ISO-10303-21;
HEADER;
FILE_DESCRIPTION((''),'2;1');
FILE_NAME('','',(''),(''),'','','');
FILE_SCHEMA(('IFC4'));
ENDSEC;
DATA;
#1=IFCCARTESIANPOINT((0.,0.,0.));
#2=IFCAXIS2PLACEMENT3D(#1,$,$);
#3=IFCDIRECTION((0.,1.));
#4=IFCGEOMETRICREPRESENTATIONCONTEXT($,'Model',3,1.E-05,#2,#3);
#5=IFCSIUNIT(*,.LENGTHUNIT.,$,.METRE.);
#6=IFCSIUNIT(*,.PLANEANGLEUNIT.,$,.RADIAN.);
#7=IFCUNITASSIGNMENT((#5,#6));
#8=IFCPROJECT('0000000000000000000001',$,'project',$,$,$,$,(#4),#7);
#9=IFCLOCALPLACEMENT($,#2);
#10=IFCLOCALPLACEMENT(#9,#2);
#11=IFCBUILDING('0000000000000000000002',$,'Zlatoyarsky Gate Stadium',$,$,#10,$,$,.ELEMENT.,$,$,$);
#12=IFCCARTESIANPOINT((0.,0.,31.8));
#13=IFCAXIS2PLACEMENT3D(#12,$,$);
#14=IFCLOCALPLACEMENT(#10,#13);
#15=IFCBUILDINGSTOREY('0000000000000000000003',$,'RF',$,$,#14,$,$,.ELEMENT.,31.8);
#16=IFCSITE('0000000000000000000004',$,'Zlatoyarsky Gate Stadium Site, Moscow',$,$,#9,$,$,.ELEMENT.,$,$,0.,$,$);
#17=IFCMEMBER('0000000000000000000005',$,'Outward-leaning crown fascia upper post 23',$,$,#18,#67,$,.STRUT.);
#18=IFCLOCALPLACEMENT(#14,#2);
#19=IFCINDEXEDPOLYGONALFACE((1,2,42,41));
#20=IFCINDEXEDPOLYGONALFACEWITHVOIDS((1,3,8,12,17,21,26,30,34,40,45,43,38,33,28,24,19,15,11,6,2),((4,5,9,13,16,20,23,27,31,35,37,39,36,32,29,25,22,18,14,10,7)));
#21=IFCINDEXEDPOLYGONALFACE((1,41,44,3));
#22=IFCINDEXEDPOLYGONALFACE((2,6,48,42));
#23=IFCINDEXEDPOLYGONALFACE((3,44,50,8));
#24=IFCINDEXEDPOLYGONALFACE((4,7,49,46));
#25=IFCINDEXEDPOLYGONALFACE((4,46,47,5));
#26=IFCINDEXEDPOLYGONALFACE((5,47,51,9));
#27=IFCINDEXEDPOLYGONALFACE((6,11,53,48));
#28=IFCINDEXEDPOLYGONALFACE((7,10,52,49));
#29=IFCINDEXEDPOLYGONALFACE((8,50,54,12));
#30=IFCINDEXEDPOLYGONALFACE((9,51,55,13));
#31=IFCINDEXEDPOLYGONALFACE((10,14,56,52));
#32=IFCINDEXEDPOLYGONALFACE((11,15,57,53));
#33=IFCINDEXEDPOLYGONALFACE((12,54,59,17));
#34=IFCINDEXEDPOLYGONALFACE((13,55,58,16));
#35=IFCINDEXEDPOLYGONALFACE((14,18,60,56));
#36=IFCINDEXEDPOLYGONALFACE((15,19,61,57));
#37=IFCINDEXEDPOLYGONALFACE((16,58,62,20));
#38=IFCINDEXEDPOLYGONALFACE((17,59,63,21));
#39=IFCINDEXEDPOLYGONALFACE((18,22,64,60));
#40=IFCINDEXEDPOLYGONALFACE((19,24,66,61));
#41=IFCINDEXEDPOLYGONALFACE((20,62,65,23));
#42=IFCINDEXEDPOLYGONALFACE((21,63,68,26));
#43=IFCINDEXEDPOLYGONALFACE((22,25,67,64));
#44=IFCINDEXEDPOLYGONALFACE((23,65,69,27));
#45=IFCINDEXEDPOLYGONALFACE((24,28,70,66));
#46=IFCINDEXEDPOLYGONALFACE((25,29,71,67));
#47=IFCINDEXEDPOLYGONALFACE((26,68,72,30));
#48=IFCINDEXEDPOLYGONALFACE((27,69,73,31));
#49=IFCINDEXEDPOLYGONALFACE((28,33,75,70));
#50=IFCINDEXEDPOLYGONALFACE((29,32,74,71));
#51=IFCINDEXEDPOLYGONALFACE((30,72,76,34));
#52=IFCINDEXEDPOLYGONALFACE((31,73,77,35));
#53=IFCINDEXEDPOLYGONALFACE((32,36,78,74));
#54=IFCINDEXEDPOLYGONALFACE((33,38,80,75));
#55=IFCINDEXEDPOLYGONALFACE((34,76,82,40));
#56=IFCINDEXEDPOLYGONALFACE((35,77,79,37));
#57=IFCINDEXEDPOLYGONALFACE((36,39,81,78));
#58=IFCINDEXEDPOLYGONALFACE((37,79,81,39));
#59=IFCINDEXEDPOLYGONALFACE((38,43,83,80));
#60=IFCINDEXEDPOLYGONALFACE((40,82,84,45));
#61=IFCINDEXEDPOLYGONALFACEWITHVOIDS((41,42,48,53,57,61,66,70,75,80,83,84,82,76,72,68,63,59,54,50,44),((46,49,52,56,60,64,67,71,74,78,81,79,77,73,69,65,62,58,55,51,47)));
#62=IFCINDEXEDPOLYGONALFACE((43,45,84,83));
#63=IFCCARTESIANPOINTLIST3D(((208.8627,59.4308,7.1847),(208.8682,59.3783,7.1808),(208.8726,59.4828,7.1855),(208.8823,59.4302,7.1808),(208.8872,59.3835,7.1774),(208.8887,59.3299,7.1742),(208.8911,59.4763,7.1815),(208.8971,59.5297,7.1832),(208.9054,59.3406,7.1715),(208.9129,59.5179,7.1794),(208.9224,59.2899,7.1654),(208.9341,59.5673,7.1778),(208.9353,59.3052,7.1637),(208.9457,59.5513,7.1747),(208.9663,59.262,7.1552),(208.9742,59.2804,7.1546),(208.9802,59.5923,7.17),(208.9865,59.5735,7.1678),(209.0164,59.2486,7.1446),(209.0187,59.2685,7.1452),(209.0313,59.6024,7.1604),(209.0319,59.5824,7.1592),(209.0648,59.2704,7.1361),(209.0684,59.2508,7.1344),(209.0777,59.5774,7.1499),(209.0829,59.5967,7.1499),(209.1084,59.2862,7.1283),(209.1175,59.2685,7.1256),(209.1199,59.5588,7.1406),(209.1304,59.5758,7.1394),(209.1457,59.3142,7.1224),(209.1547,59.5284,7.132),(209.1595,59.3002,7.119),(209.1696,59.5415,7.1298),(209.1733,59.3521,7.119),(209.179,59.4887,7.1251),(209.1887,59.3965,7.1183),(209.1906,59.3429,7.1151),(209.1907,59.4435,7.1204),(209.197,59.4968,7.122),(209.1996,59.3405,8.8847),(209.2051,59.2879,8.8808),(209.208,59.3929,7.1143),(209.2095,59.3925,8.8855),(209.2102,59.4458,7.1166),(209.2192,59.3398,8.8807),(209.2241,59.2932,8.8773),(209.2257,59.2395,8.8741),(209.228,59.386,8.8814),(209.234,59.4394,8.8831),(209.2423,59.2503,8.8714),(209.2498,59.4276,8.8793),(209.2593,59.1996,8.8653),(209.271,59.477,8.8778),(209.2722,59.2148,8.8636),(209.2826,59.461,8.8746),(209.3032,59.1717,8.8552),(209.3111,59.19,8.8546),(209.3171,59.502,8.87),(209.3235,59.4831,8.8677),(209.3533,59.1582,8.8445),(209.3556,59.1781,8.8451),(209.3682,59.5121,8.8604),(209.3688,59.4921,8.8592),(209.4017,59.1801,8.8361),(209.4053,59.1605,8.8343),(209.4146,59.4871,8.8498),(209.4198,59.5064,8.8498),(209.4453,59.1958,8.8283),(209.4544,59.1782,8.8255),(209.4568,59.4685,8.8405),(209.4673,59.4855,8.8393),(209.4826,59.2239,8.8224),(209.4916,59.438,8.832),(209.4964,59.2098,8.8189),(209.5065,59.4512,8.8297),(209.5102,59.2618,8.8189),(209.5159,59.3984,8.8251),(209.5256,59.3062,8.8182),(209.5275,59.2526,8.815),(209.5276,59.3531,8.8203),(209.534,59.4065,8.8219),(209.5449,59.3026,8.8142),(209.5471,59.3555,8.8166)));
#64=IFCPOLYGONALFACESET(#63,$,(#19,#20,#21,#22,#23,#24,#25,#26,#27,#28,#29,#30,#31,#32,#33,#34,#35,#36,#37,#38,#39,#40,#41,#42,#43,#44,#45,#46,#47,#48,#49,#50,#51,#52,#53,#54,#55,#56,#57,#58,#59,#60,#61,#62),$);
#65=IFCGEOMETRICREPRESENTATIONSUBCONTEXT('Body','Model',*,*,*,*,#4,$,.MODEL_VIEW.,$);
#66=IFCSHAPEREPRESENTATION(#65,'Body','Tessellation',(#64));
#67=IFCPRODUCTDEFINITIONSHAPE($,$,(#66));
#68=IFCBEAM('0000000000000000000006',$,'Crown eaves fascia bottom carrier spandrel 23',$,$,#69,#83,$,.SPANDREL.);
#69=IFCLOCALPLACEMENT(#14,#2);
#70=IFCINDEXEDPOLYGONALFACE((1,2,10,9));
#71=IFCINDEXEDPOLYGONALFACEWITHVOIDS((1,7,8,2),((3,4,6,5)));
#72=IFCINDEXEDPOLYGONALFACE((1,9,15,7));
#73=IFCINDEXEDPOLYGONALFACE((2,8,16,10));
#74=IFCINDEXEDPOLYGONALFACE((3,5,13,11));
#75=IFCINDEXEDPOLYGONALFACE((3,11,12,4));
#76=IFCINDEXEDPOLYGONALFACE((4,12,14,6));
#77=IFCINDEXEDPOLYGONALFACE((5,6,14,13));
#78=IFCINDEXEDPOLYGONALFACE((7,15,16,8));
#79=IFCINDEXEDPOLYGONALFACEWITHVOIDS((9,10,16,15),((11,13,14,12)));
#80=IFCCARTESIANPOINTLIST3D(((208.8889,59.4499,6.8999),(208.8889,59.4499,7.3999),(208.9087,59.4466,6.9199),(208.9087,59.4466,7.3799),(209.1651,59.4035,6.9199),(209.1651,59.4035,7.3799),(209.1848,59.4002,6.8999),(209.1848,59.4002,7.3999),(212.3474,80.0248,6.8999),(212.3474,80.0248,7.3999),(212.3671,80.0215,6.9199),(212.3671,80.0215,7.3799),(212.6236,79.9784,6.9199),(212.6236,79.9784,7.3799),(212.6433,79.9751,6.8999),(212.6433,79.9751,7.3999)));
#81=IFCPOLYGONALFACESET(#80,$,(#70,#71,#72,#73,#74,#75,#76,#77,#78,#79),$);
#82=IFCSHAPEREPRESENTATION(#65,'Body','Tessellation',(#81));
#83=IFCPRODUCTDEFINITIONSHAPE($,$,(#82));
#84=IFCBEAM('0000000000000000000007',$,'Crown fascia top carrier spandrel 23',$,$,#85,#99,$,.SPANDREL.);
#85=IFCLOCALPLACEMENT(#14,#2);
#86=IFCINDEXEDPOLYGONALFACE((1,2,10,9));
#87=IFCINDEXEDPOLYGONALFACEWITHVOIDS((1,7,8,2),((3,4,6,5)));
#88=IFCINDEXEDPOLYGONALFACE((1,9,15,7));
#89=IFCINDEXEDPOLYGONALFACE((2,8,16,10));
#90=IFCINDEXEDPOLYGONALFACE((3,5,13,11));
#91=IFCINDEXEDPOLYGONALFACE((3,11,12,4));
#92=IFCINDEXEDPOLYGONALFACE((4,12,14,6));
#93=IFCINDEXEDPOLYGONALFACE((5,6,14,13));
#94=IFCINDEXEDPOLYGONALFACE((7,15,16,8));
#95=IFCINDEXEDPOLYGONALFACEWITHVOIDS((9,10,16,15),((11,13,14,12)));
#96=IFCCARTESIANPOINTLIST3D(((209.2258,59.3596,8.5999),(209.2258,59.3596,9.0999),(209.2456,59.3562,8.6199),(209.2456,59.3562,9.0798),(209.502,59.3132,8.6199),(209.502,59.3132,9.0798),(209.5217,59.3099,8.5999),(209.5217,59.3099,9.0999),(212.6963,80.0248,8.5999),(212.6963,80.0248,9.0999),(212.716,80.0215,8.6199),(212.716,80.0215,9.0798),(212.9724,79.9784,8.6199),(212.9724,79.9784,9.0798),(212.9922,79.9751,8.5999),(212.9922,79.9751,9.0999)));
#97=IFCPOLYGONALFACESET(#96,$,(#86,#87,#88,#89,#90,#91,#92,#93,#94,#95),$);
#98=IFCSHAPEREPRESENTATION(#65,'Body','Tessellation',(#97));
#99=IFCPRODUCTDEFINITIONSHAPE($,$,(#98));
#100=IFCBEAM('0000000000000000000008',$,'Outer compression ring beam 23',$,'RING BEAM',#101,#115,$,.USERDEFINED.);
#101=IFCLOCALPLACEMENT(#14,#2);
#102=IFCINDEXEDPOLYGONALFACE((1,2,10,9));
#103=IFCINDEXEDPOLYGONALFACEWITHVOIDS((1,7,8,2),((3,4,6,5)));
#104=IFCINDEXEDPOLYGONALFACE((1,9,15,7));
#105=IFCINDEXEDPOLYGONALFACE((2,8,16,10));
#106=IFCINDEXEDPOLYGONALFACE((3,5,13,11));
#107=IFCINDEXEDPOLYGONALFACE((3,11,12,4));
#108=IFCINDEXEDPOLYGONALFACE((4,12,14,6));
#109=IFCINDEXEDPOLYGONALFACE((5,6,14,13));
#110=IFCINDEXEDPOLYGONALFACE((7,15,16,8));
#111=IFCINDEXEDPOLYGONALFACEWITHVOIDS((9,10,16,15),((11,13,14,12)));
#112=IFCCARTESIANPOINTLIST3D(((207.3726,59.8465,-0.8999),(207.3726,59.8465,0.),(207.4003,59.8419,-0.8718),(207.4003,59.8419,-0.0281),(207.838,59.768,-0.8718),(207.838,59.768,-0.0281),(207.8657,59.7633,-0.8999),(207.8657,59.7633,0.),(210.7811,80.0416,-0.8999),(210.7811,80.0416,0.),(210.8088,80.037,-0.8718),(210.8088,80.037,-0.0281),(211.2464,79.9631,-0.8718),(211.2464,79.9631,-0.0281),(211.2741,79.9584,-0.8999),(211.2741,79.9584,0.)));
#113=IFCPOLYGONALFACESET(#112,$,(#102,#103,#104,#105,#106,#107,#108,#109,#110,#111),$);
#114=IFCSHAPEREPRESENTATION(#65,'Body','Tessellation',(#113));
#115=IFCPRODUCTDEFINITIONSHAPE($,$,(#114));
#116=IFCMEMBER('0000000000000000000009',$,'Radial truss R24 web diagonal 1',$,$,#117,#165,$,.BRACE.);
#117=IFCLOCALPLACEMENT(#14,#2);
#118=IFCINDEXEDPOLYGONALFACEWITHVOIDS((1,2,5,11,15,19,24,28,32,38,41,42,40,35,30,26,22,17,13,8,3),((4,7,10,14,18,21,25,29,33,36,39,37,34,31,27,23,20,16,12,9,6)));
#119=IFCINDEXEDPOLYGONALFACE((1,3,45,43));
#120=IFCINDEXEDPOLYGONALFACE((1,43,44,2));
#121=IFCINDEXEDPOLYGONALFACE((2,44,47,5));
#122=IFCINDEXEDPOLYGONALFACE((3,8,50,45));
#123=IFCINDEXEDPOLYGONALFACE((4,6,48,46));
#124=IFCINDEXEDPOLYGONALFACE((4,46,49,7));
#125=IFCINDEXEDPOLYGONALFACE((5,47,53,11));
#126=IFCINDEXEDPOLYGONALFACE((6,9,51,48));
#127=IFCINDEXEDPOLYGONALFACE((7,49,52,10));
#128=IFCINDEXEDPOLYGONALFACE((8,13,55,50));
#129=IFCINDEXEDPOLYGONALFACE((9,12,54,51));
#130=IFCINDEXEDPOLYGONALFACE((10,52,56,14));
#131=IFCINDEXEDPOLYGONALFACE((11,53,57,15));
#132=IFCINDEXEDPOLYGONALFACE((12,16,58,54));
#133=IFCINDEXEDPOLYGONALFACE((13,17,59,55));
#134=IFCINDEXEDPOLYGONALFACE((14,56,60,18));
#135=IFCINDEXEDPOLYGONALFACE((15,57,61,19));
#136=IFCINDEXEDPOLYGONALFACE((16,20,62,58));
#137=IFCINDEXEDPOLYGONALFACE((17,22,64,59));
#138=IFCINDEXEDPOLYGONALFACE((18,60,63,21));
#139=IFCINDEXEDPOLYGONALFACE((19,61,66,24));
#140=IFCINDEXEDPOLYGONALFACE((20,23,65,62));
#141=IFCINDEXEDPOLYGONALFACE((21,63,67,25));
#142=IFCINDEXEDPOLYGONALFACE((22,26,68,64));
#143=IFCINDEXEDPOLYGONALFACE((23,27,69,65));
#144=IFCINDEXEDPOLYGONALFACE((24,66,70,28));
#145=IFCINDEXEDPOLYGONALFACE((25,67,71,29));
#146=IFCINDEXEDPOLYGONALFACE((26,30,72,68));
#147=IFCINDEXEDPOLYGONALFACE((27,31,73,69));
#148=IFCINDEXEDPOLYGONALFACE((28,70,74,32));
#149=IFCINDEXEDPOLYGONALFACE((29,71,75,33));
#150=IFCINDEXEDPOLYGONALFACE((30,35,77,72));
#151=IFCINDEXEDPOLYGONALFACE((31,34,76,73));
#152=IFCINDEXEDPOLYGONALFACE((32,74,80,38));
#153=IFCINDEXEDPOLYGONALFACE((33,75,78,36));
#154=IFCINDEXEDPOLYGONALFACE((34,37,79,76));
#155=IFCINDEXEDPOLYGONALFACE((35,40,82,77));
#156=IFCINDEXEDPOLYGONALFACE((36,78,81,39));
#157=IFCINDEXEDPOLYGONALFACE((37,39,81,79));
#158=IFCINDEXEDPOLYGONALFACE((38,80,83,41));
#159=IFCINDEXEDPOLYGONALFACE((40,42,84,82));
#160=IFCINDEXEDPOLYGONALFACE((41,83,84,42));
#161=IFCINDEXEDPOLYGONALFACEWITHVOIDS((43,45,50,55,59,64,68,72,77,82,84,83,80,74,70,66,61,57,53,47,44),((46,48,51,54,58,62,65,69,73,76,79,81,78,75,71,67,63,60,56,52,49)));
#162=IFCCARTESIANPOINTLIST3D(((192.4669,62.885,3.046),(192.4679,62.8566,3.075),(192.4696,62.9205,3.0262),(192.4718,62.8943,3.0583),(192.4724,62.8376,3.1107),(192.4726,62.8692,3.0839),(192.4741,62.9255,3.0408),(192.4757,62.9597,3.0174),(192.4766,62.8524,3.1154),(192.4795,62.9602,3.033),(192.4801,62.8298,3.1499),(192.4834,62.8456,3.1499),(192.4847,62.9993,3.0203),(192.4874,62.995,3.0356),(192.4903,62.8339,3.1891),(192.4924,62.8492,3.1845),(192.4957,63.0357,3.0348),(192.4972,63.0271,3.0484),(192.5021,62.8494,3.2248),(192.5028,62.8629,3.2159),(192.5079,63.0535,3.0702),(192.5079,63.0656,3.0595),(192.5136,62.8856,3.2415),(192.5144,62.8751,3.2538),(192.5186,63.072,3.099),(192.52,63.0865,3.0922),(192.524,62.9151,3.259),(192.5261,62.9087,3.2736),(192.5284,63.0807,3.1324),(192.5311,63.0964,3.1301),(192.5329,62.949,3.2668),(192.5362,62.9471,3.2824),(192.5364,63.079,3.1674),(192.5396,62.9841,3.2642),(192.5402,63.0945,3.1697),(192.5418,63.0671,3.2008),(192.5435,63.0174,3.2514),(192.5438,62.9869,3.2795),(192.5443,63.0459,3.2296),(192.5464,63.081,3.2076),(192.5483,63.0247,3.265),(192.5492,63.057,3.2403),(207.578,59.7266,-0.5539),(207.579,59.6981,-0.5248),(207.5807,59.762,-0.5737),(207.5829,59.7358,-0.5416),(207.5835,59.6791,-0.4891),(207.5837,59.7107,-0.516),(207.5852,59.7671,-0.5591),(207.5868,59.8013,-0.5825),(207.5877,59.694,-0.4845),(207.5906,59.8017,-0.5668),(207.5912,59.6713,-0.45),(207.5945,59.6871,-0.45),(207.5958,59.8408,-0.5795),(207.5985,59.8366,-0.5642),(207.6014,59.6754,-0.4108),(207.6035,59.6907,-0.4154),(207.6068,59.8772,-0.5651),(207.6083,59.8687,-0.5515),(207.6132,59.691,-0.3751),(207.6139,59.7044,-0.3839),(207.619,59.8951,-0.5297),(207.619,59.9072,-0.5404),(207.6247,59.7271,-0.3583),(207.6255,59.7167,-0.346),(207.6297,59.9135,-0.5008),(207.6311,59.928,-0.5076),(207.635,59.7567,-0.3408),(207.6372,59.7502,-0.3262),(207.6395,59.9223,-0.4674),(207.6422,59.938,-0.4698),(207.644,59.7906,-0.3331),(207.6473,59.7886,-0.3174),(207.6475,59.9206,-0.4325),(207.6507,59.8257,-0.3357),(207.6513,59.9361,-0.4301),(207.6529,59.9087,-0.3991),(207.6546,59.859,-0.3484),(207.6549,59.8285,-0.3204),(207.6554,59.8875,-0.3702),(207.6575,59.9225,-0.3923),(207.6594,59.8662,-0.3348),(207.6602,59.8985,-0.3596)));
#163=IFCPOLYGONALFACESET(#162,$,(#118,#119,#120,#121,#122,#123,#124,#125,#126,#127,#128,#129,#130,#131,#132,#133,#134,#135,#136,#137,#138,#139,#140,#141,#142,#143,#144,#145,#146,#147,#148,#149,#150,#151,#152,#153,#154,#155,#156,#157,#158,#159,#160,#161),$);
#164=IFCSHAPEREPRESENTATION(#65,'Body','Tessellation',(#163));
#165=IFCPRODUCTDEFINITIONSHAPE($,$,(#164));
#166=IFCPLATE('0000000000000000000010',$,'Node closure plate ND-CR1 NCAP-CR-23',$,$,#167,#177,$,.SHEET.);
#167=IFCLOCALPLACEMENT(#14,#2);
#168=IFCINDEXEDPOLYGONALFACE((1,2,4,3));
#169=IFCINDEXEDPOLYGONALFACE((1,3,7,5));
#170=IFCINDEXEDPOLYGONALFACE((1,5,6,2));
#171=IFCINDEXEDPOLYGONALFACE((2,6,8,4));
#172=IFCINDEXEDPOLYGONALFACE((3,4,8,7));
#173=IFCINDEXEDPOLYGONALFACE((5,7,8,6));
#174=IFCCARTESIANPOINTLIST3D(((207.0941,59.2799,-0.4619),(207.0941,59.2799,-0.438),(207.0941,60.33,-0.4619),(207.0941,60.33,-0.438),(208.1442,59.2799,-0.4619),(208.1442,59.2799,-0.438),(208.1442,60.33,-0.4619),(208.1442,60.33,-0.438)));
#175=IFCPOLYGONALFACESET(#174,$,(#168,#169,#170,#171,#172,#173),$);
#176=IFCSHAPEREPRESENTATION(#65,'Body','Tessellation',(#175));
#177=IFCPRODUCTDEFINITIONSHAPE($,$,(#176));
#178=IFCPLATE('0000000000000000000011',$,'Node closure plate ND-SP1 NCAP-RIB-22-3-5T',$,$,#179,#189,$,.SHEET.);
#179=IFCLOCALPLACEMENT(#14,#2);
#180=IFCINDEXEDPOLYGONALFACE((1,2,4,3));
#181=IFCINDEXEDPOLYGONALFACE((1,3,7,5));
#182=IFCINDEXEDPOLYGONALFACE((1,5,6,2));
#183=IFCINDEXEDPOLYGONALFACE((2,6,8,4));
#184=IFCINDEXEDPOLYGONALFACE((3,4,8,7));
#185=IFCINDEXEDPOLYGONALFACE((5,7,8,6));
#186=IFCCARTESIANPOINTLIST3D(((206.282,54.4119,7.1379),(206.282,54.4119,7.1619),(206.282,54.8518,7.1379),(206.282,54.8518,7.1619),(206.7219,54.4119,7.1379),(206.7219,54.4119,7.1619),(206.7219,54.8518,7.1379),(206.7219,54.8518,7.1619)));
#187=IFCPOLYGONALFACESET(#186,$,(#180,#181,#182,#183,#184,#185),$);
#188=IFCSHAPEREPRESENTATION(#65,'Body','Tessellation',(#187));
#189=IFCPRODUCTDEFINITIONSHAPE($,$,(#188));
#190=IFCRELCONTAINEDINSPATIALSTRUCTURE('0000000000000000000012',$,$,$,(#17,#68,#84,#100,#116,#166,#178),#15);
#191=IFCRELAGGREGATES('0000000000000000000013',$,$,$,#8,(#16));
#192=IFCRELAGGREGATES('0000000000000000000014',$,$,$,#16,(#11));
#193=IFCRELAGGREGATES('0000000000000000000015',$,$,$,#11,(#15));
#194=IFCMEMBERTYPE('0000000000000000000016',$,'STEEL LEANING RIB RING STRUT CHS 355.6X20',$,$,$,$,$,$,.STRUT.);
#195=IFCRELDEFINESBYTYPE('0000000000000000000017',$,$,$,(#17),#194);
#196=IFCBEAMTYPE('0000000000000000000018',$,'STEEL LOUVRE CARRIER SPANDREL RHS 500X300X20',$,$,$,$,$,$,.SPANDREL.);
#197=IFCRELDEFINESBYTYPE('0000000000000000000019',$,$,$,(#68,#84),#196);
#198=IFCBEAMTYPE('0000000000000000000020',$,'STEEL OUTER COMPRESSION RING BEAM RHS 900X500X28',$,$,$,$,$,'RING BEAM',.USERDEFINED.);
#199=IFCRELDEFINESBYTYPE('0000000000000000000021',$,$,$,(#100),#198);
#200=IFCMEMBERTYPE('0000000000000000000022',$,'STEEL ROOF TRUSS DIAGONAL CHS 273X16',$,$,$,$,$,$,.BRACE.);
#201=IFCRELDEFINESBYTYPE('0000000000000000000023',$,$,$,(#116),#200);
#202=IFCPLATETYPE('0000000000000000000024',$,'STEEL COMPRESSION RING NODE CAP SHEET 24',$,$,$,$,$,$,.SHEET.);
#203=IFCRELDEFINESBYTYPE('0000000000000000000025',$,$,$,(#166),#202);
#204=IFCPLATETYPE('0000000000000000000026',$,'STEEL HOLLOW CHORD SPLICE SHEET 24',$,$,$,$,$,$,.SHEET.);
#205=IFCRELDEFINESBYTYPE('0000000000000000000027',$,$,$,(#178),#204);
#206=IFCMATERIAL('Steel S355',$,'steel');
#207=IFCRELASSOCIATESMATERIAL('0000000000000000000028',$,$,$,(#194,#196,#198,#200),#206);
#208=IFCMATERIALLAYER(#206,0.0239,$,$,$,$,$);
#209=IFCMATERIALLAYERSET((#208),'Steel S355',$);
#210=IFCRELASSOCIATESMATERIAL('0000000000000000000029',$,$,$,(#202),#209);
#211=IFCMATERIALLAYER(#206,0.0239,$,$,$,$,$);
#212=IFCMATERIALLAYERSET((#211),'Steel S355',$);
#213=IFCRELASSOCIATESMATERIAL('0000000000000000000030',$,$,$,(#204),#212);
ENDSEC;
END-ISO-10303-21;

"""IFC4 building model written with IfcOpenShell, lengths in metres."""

from ifc_helpers import new_model, si_unit, direction, frame, origin, origin_2d, place, context, subcontext, project, spatial, rectangle, hollow_rectangle, hollow_circle, extrude, material, layer, layer_set, material_profile, profile_set, type_object, element, save


model = new_model("IFC4")

# Units and contexts
model_context = context("Model", 3, precision=1e-05, world=origin(), true_north=direction((0.0, 1.0)))
body_context = subcontext(model_context, "Body", "Model", "MODEL_VIEW")
ifc_project = project(units=[si_unit("LENGTHUNIT", "METRE"), si_unit("PLANEANGLEUNIT", "RADIAN")], contexts=[model_context])

# Site, building, storey
site_placement = place(None, origin())
site = spatial("IfcSite", under=ifc_project, at=site_placement, Name="Zlatoyarsky Gate Stadium Site, Moscow", CompositionType="ELEMENT", RefElevation=0.0)
building_placement = place(site_placement, origin())
building = spatial("IfcBuilding", under=site, at=building_placement, Name="Zlatoyarsky Gate Stadium", CompositionType="ELEMENT")
storey_placement = place(building_placement, frame((0.0, 0.0, 31.8)))
storey = spatial("IfcBuildingStorey", under=building, at=storey_placement, Name="RF", CompositionType="ELEMENT", Elevation=31.8)

# Member
ifc_material_1 = material(Name="Steel S355", Category="steel")
ifc_material_profile_1 = material_profile(ifc_material_1, hollow_circle(Radius=0.1777, WallThickness=0.02, at=origin_2d()), Name="CHS 355.6X20")
ifc_profile_set_1 = profile_set([ifc_material_profile_1], Name="Steel S355")
member_type_1 = type_object("IfcMemberType", Name="STEEL LEANING RIB RING STRUT CHS 355.6X20", PredefinedType="STRUT", material=ifc_profile_set_1)
member_1_placement = place(storey_placement, frame((209.0369, 59.425, 7.1499), z_axis=(0.194146, -0.052054, 0.979591), x_axis=(0.258969, 0.965886, 0.0)))
element("IfcMember", 1, at=member_1_placement, inside=storey, type_object=member_type_1, Name="Outward-leaning crown fascia upper post 23", PredefinedType="STRUT", context=body_context, shape_type="SweptSolid", body=[
    extrude(hollow_circle(Radius=0.1777, WallThickness=0.02, at=origin_2d()), origin(), (0.0, 0.0, 1.0), 1.7354),
])

# Beams
ifc_material_profile_2 = material_profile(ifc_material_1, hollow_rectangle(XDim=0.3, YDim=0.5, WallThickness=0.02, at=origin_2d()), Name="RHS 500X300X20")
ifc_profile_set_2 = profile_set([ifc_material_profile_2], Name="Steel S355")
beam_type_1 = type_object("IfcBeamType", Name="STEEL LOUVRE CARRIER SPANDREL RHS 500X300X20", PredefinedType="SPANDREL", material=ifc_profile_set_2)
beam_1_placement = place(storey_placement, frame((209.0369, 59.425, 7.1499), z_axis=(0.165767, 0.986165, 0.0), x_axis=(-0.986165, 0.165767, 0.0)))
element("IfcBeam", 2, at=beam_1_placement, inside=storey, type_object=beam_type_1, Name="Crown eaves fascia bottom carrier spandrel 23", PredefinedType="SPANDREL", context=body_context, shape_type="SweptSolid", body=[
    extrude(hollow_rectangle(XDim=0.3, YDim=0.5, WallThickness=0.02, at=origin_2d()), origin(), (0.0, 0.0, 1.0), 20.8635),
])
beam_2_placement = place(storey_placement, frame((209.3738, 59.3347, 8.8499), z_axis=(0.165617, 0.98619, 0.0), x_axis=(-0.98619, 0.165617, 0.0)))
element("IfcBeam", 3, at=beam_2_placement, inside=storey, type_object=beam_type_1, Name="Crown fascia top carrier spandrel 23", PredefinedType="SPANDREL", context=body_context, shape_type="SweptSolid", body=[
    extrude(hollow_rectangle(XDim=0.3, YDim=0.5, WallThickness=0.02, at=origin_2d()), origin(), (0.0, 0.0, 1.0), 20.9546),
])
ifc_material_profile_3 = material_profile(ifc_material_1, hollow_rectangle(XDim=0.5, YDim=0.8999, WallThickness=0.0281, at=origin_2d()), Name="RHS 900X500X28")
ifc_profile_set_3 = profile_set([ifc_material_profile_3], Name="Steel S355")
beam_type_2 = type_object("IfcBeamType", Name="STEEL OUTER COMPRESSION RING BEAM RHS 900X500X28", ElementType="RING BEAM", PredefinedType="USERDEFINED", material=ifc_profile_set_3)
beam_3_placement = place(storey_placement, frame((207.6191, 59.8049, -0.45), z_axis=(0.166423, 0.986055, 0.0), x_axis=(-0.986055, 0.166423, 0.0)))
element("IfcBeam", 4, at=beam_3_placement, inside=storey, type_object=beam_type_2, Name="Outer compression ring beam 23", ObjectType="RING BEAM", PredefinedType="USERDEFINED", context=body_context, shape_type="SweptSolid", body=[
    extrude(hollow_rectangle(XDim=0.5, YDim=0.8999, WallThickness=0.0281, at=origin_2d()), origin(), (0.0, 0.0, 1.0), 20.4807),
])

# Member
ifc_material_profile_4 = material_profile(ifc_material_1, hollow_circle(Radius=0.1365, WallThickness=0.0161, at=origin_2d()), Name="CHS 273X16")
ifc_profile_set_4 = profile_set([ifc_material_profile_4], Name="Steel S355")
member_type_2 = type_object("IfcMemberType", Name="STEEL ROOF TRUSS DIAGONAL CHS 273X16", PredefinedType="BRACE", material=ifc_profile_set_4)
member_2_placement = place(storey_placement, frame((207.6191, 59.8049, -0.45), z_axis=(-0.953272, 0.199248, 0.227094), x_axis=(-0.204594, -0.978847, 0.0)))
element("IfcMember", 5, at=member_2_placement, inside=storey, type_object=member_type_2, Name="Radial truss R24 web diagonal 1", PredefinedType="BRACE", context=body_context, shape_type="SweptSolid", body=[
    extrude(hollow_circle(Radius=0.1365, WallThickness=0.0161, at=origin_2d()), origin(), (0.0, 0.0, 1.0), 15.8518),
])

# Plates
ifc_layer_1 = layer(ifc_material_1, 0.0239)
ifc_layer_set_1 = layer_set([ifc_layer_1], Name="Steel S355")
plate_type_1 = type_object("IfcPlateType", Name="STEEL COMPRESSION RING NODE CAP SHEET 24", PredefinedType="SHEET", material=ifc_layer_set_1)
plate_1_placement = place(storey_placement, frame((207.6191, 59.8049, -0.4619), z_axis=(0.0, 0.0, 1.0), x_axis=(1.0, 0.0, 0.0)))
element("IfcPlate", 6, at=plate_1_placement, inside=storey, type_object=plate_type_1, Name="Node closure plate ND-CR1 NCAP-CR-23", PredefinedType="SHEET", context=body_context, shape_type="SweptSolid", body=[
    extrude(rectangle(XDim=1.05, YDim=1.05, at=origin_2d()), origin(), (0.0, 0.0, 1.0), 0.0239),
])
ifc_layer_2 = layer(ifc_material_1, 0.0239)
ifc_layer_set_2 = layer_set([ifc_layer_2], Name="Steel S355")
plate_type_2 = type_object("IfcPlateType", Name="STEEL HOLLOW CHORD SPLICE SHEET 24", PredefinedType="SHEET", material=ifc_layer_set_2)
plate_2_placement = place(storey_placement, frame((206.502, 54.6318, 7.1379), z_axis=(0.0, 0.0, 1.0), x_axis=(1.0, 0.0, 0.0)))
element("IfcPlate", 7, at=plate_2_placement, inside=storey, type_object=plate_type_2, Name="Node closure plate ND-SP1 NCAP-RIB-22-3-5T", PredefinedType="SHEET", context=body_context, shape_type="SweptSolid", body=[
    extrude(rectangle(XDim=0.4399, YDim=0.4399, at=origin_2d()), origin(), (0.0, 0.0, 1.0), 0.0239),
])

save(model, "model.ifc")
